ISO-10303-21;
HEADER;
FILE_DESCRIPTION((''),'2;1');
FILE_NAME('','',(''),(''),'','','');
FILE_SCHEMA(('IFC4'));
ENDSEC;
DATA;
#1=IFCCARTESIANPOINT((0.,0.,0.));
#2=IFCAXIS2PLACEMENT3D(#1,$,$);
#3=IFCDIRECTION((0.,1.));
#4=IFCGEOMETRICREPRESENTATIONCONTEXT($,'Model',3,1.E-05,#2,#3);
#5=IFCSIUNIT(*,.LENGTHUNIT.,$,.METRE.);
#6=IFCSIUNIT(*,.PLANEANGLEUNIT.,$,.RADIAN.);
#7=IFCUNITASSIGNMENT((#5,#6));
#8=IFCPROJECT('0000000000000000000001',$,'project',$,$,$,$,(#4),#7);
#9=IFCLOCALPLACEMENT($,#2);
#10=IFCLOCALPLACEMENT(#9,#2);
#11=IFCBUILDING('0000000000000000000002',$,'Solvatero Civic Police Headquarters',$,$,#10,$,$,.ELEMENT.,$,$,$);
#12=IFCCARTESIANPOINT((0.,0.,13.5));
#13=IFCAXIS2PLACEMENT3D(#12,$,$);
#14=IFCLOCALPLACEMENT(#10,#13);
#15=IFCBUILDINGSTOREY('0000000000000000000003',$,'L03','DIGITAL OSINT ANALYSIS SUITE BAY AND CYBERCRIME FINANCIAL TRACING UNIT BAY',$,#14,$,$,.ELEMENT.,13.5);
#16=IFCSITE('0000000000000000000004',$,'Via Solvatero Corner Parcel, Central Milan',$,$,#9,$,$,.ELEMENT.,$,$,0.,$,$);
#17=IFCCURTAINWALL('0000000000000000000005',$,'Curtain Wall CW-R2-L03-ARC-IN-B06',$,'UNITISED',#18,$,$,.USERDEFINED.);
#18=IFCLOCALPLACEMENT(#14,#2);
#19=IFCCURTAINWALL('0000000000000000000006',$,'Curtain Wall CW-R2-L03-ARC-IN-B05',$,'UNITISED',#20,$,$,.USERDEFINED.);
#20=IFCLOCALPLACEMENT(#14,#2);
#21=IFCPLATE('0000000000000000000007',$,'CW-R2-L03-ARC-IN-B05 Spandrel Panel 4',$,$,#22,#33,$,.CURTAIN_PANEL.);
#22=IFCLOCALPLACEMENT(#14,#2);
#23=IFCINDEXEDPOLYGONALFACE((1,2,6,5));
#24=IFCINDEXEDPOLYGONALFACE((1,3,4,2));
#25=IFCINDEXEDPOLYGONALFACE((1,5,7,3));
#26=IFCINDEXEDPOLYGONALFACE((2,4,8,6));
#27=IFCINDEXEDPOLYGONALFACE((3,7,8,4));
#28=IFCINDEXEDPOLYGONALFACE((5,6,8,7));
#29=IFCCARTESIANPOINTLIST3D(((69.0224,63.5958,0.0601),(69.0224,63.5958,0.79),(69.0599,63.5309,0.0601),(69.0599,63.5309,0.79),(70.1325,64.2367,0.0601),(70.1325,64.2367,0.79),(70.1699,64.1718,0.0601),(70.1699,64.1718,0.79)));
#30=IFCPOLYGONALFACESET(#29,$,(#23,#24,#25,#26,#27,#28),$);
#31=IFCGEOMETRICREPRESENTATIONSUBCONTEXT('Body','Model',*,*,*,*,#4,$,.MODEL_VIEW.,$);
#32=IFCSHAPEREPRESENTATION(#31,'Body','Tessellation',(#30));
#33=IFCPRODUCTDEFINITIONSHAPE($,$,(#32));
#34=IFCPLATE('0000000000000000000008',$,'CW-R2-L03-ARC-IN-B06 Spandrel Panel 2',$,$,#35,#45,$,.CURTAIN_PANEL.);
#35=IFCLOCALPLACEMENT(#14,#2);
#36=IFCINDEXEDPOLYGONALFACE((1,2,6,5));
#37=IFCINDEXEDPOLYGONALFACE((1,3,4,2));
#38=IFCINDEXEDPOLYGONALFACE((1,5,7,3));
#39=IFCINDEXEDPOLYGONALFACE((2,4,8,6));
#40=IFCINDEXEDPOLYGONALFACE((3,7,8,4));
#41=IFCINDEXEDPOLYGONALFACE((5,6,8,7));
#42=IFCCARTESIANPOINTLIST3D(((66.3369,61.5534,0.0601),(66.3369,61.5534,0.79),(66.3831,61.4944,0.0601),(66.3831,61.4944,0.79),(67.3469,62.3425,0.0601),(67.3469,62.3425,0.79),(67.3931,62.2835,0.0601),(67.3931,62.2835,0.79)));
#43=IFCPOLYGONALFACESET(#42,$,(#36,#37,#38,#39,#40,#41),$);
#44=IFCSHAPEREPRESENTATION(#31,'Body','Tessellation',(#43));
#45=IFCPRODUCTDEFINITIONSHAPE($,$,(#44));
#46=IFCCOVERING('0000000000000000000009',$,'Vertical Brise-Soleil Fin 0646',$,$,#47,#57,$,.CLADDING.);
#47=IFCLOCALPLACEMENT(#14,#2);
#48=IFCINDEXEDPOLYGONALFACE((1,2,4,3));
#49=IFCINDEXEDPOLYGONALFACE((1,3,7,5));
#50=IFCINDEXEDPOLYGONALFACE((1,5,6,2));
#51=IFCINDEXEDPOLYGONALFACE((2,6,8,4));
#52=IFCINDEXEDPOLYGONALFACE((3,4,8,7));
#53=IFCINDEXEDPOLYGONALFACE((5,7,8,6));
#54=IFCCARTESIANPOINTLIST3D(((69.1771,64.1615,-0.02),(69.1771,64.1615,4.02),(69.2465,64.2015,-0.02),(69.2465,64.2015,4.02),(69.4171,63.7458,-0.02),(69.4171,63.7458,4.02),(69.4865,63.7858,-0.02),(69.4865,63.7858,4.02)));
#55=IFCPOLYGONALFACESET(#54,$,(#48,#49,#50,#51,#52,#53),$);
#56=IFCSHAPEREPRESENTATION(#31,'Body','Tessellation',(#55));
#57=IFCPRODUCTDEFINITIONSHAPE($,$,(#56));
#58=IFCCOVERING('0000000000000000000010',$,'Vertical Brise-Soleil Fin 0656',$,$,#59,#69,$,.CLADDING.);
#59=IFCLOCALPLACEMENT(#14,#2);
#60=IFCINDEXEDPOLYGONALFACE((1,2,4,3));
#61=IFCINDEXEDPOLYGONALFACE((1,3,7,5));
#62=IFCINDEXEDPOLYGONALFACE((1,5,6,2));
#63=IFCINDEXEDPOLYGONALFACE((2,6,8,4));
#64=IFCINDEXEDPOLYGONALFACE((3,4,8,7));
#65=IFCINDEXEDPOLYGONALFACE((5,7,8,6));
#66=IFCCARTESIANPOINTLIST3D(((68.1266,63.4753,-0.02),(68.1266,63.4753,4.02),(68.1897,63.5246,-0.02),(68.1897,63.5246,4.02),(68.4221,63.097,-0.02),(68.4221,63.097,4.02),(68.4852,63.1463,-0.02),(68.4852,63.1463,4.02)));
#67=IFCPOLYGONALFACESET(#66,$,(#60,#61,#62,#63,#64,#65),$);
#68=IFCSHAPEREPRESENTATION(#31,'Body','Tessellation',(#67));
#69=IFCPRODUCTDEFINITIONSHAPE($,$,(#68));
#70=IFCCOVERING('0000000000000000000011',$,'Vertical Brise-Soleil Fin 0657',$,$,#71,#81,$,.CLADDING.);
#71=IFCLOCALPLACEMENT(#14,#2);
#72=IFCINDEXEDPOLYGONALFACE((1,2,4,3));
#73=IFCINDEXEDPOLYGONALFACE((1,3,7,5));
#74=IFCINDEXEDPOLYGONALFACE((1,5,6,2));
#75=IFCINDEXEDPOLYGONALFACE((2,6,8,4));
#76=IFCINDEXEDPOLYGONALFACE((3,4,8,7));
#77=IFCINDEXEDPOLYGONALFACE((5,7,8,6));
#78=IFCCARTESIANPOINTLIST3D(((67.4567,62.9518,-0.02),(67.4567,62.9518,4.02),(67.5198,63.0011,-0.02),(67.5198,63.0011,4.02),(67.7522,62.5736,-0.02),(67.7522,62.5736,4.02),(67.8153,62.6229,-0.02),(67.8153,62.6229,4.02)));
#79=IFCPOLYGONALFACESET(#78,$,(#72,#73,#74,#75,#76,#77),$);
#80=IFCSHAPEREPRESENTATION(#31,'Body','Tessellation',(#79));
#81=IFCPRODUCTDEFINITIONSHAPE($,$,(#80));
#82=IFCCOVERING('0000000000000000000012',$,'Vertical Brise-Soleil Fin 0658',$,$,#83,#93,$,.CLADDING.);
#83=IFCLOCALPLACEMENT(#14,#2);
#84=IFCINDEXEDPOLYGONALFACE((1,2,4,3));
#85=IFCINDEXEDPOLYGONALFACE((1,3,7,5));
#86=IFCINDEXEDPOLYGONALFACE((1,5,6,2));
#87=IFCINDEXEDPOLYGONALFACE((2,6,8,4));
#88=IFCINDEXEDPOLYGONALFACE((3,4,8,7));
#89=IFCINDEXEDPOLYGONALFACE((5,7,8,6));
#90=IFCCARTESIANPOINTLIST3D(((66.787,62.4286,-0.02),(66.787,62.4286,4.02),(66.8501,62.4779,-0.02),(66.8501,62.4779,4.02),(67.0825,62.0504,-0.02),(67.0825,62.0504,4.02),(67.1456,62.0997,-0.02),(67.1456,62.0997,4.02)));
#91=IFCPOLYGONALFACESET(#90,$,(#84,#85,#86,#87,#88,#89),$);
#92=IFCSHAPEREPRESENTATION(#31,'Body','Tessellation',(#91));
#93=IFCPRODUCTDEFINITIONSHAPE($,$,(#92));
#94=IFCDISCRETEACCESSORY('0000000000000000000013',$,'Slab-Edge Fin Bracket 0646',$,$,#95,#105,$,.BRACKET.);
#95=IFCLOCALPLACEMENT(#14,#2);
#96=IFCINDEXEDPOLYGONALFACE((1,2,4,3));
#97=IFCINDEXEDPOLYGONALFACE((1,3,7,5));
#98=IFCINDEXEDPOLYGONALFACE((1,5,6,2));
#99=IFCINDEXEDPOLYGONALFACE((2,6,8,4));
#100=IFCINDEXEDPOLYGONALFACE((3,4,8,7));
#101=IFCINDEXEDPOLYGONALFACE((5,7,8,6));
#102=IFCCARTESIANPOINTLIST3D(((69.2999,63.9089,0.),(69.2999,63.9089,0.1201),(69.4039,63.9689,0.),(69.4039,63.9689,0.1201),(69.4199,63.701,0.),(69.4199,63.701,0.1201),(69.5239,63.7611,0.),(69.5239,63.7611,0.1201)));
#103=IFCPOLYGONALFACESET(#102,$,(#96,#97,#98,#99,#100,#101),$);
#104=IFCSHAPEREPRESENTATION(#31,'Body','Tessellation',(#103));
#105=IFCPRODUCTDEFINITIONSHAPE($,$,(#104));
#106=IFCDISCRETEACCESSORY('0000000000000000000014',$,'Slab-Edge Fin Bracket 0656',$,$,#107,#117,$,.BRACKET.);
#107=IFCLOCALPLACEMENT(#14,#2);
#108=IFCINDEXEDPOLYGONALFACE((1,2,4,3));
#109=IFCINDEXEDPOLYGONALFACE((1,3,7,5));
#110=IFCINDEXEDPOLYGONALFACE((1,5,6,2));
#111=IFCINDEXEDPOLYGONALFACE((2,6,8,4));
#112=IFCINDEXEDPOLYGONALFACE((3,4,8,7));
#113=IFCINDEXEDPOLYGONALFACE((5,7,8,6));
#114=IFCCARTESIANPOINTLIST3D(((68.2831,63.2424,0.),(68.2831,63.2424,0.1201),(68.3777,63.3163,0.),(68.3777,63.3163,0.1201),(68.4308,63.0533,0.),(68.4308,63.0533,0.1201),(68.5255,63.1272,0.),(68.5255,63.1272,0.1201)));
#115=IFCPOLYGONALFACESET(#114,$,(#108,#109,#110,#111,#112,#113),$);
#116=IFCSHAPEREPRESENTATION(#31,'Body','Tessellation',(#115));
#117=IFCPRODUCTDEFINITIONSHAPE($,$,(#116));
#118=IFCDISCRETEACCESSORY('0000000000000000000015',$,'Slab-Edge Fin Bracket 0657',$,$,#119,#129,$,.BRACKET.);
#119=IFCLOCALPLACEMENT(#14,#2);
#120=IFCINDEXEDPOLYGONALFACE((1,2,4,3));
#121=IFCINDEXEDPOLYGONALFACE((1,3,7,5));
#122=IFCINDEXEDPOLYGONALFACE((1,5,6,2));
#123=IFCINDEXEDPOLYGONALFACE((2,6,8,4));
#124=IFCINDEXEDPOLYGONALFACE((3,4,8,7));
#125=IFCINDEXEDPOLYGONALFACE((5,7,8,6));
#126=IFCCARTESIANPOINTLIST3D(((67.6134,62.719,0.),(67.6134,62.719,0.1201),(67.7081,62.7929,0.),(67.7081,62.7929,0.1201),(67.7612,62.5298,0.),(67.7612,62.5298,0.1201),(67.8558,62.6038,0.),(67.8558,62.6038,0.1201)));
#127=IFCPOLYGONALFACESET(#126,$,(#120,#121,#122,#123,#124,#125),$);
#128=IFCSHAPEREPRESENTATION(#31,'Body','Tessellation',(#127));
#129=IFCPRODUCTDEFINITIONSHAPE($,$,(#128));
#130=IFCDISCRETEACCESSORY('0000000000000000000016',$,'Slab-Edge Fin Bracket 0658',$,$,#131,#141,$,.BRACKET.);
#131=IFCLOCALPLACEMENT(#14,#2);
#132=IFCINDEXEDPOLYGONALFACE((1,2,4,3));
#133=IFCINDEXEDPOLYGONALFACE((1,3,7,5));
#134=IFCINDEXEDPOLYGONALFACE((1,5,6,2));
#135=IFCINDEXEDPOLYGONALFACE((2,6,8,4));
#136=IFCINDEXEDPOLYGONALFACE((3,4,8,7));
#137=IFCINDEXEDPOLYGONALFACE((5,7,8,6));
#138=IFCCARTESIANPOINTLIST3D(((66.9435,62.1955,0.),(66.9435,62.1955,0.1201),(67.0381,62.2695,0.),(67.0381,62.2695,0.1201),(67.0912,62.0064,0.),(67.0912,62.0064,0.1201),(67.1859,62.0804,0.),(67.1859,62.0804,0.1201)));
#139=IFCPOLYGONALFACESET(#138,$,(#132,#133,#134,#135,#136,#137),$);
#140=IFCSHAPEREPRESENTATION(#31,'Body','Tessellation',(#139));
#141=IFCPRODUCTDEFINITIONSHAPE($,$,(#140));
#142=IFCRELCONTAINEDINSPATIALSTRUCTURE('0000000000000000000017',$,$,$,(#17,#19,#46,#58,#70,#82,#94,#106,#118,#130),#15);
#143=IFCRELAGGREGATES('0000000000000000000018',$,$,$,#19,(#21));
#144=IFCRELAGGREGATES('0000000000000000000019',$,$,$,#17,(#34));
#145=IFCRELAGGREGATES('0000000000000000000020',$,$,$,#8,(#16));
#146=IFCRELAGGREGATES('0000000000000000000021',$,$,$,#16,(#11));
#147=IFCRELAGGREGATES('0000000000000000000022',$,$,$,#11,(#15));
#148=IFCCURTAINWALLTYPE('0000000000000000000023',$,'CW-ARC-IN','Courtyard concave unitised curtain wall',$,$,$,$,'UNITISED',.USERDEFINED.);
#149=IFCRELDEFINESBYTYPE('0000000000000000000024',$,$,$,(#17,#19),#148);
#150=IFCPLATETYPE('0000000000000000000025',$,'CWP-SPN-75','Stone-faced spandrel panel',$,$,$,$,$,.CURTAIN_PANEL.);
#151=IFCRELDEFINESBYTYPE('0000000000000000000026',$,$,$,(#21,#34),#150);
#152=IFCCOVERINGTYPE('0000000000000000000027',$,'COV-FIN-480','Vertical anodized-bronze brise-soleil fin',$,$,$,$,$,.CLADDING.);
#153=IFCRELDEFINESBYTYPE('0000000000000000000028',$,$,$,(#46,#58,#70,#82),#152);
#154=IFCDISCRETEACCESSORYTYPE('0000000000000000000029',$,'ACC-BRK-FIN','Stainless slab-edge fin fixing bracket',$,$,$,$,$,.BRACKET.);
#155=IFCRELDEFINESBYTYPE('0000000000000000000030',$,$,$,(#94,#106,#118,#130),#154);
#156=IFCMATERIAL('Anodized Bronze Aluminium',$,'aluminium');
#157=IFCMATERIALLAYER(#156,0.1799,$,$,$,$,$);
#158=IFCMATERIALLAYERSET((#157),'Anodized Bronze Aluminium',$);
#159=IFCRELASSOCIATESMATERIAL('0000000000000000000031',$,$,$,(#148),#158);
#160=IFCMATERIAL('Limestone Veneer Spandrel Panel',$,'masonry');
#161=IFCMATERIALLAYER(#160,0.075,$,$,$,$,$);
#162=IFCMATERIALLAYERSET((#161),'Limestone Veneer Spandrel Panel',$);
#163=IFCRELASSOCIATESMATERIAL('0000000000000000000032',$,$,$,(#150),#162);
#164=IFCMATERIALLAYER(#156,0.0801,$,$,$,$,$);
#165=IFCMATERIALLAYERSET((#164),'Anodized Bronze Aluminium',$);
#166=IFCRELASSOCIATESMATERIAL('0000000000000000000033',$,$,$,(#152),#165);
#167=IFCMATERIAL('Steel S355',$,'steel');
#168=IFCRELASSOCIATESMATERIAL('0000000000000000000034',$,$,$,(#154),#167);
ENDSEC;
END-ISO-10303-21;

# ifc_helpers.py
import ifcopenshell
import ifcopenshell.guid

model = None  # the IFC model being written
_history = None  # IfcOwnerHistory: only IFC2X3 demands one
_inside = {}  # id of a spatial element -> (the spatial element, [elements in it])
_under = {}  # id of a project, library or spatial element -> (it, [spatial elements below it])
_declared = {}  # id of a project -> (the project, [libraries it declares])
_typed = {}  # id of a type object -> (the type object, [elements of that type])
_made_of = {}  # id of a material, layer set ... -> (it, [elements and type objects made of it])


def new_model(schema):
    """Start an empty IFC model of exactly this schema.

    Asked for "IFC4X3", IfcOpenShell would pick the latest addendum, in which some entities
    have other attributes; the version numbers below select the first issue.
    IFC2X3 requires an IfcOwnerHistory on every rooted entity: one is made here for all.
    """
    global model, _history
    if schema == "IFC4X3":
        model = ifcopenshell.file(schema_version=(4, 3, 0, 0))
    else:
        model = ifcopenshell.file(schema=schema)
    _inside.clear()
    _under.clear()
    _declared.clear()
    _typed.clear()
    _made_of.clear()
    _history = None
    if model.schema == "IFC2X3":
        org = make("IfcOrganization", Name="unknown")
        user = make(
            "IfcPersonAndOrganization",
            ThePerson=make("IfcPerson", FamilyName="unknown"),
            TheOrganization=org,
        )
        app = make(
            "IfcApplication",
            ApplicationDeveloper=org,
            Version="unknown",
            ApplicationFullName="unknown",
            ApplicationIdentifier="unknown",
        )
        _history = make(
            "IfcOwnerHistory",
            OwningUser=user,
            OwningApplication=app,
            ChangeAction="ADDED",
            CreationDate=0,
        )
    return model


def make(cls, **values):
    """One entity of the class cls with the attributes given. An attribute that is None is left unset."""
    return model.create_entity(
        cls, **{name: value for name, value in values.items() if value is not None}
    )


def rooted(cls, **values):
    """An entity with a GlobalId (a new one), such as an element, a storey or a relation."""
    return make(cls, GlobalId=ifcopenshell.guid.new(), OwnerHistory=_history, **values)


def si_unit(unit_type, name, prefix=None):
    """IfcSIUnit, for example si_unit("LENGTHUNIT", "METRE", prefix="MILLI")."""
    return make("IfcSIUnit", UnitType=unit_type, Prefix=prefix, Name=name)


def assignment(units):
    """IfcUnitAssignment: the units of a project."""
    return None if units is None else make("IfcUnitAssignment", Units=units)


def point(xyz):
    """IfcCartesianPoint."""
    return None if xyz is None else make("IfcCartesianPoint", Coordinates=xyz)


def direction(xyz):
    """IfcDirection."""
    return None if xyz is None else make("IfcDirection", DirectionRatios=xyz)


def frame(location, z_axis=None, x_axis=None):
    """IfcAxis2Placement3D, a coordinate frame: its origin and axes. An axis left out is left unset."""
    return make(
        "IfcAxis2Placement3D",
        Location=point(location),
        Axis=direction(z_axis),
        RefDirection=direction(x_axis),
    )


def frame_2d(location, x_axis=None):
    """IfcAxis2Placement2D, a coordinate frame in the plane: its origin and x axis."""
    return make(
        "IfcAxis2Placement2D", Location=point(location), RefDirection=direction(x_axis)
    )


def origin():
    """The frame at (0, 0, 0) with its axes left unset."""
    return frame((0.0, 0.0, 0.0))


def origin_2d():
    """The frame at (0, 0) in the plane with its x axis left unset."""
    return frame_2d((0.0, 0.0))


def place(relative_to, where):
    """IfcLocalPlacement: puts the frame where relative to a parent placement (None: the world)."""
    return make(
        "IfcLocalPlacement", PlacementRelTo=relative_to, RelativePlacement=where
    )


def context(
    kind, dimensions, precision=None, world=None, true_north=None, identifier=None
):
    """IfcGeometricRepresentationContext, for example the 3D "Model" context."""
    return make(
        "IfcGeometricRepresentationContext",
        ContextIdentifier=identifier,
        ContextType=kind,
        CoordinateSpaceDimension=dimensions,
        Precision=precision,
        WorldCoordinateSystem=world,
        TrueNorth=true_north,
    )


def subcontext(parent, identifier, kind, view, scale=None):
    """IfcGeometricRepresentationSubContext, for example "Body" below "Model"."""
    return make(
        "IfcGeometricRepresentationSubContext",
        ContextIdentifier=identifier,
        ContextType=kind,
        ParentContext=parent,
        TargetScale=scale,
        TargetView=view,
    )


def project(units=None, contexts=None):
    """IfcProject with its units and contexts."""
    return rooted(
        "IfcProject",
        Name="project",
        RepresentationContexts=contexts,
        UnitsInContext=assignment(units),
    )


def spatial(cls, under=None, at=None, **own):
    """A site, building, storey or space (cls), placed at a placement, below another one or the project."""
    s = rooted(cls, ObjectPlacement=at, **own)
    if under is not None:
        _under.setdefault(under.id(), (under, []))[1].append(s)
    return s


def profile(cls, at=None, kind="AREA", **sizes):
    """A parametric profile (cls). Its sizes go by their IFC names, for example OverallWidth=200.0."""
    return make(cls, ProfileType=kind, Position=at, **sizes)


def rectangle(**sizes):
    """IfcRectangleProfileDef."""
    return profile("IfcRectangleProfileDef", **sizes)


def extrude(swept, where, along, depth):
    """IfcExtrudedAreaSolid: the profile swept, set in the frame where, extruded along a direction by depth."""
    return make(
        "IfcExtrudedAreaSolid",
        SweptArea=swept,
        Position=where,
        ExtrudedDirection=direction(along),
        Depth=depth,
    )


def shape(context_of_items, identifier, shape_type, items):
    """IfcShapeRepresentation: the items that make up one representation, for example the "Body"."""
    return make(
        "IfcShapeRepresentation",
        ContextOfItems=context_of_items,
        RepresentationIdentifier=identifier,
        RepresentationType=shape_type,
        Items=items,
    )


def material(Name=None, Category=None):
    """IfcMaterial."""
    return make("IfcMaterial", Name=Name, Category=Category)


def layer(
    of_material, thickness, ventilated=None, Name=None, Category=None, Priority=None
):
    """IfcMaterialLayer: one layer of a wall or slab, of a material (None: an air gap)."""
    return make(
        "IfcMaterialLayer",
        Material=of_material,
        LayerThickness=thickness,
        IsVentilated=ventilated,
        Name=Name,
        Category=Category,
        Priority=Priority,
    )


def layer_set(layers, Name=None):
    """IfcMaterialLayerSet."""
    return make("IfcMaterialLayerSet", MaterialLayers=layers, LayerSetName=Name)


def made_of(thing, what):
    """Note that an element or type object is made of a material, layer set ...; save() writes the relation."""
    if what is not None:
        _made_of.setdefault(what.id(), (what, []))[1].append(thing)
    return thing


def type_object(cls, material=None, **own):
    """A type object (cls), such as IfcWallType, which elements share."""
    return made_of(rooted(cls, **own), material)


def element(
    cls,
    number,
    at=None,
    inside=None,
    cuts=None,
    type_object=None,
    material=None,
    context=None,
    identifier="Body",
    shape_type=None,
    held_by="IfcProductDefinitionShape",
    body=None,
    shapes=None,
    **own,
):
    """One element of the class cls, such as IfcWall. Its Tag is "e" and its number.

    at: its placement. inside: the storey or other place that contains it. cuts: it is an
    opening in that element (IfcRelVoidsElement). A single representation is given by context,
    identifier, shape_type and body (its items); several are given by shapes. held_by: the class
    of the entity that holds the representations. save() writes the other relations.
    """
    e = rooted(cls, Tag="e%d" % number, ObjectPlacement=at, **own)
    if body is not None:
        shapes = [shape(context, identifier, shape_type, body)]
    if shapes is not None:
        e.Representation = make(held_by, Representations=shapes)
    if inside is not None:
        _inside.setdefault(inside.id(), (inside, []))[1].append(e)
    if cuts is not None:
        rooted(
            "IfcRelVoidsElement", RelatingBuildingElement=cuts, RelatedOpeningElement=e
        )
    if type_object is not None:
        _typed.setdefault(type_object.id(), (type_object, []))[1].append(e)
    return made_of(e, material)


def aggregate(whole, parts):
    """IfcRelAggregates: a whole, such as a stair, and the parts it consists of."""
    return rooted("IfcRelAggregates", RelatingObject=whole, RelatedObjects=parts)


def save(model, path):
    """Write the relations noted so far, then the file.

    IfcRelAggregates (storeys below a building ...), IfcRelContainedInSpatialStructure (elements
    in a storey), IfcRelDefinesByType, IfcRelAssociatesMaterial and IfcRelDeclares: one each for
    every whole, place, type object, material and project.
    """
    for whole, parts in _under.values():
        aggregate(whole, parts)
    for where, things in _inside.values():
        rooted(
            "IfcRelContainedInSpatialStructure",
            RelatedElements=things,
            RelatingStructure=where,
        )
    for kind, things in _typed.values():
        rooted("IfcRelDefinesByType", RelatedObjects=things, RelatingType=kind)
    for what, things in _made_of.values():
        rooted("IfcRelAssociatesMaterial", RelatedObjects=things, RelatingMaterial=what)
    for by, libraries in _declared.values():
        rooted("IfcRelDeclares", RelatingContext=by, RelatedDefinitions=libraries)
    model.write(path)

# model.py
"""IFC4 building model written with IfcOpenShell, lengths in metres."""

from ifc_helpers import new_model, si_unit, direction, frame, origin, origin_2d, place, context, subcontext, project, spatial, rectangle, extrude, material, layer, layer_set, type_object, element, aggregate, save


model = new_model("IFC4")

# Units and contexts
model_context = context("Model", 3, precision=1e-05, world=origin(), true_north=direction((0.0, 1.0)))
body_context = subcontext(model_context, "Body", "Model", "MODEL_VIEW")
ifc_project = project(units=[si_unit("LENGTHUNIT", "METRE"), si_unit("PLANEANGLEUNIT", "RADIAN")], contexts=[model_context])

# Site, building, storey
site_placement = place(None, origin())
site = spatial("IfcSite", under=ifc_project, at=site_placement, Name="Via Solvatero Corner Parcel, Central Milan", CompositionType="ELEMENT", RefElevation=0.0)
building_placement = place(site_placement, origin())
building = spatial("IfcBuilding", under=site, at=building_placement, Name="Solvatero Civic Police Headquarters", CompositionType="ELEMENT")
storey_placement = place(building_placement, frame((0.0, 0.0, 13.5)))
storey = spatial("IfcBuildingStorey", under=building, at=storey_placement, Name="L03", Description="DIGITAL OSINT ANALYSIS SUITE BAY AND CYBERCRIME FINANCIAL TRACING UNIT BAY", CompositionType="ELEMENT", Elevation=13.5)

# Shared definitions
ifc_material_1 = material(Name="Steel S355", Category="steel")

# Curtain wall
ifc_material_2 = material(Name="Anodized Bronze Aluminium", Category="aluminium")
ifc_layer_1 = layer(ifc_material_2, 0.1799)
ifc_layer_set_1 = layer_set([ifc_layer_1], Name="Anodized Bronze Aluminium")
curtain_wall_type = type_object("IfcCurtainWallType", Name="CW-ARC-IN", Description="Courtyard concave unitised curtain wall", ElementType="UNITISED", PredefinedType="USERDEFINED", material=ifc_layer_set_1)
curtain_wall_1_placement = place(storey_placement, origin())
curtain_wall_1 = element("IfcCurtainWall", 1, at=curtain_wall_1_placement, inside=storey, type_object=curtain_wall_type, Name="Curtain Wall CW-R2-L03-ARC-IN-B06", ObjectType="UNITISED", PredefinedType="USERDEFINED")

# Curtain wall
curtain_wall_2_placement = place(storey_placement, origin())
curtain_wall_2 = element("IfcCurtainWall", 2, at=curtain_wall_2_placement, inside=storey, type_object=curtain_wall_type, Name="Curtain Wall CW-R2-L03-ARC-IN-B05", ObjectType="UNITISED", PredefinedType="USERDEFINED")

# Plates
ifc_material_3 = material(Name="Limestone Veneer Spandrel Panel", Category="masonry")
ifc_layer_2 = layer(ifc_material_3, 0.075)
ifc_layer_set_2 = layer_set([ifc_layer_2], Name="Limestone Veneer Spandrel Panel")
plate_type_1 = type_object("IfcPlateType", Name="CWP-SPN-75", Description="Stone-faced spandrel panel", PredefinedType="CURTAIN_PANEL", material=ifc_layer_set_2)
plate_1_placement = place(storey_placement, frame((69.5962, 63.8838, 0.0601), z_axis=(0.0, 0.0, 1.0), x_axis=(-0.866025, -0.5, 0.0)))
plate_1 = element("IfcPlate", 3, at=plate_1_placement, type_object=plate_type_1, Name="CW-R2-L03-ARC-IN-B05 Spandrel Panel 4", PredefinedType="CURTAIN_PANEL", context=body_context, shape_type="SweptSolid", body=[
    extrude(rectangle(XDim=1.2817, YDim=0.075, at=origin_2d()), origin(), (0.0, 0.0, 1.0), 0.73),
])
aggregate(curtain_wall_2, [plate_1])
plate_2_placement = place(storey_placement, frame((66.865, 61.9185, 0.0601), z_axis=(0.0, 0.0, 1.0), x_axis=(-0.788011, -0.615661, 0.0)))
plate_2 = element("IfcPlate", 4, at=plate_2_placement, type_object=plate_type_1, Name="CW-R2-L03-ARC-IN-B06 Spandrel Panel 2", PredefinedType="CURTAIN_PANEL", context=body_context, shape_type="SweptSolid", body=[
    extrude(rectangle(XDim=1.2817, YDim=0.075, at=origin_2d()), origin(), (0.0, 0.0, 1.0), 0.73),
])
aggregate(curtain_wall_1, [plate_2])

# Coverings
ifc_layer_3 = layer(ifc_material_2, 0.0801)
ifc_layer_set_3 = layer_set([ifc_layer_3], Name="Anodized Bronze Aluminium")
covering_type = type_object("IfcCoveringType", Name="COV-FIN-480", Description="Vertical anodized-bronze brise-soleil fin", PredefinedType="CLADDING", material=ifc_layer_set_3)
for number, where, z_axis, x_axis, name in (
    (5, (69.3318, 63.9736, -0.02), (0.0, 0.0, 1.0), (-0.866025, -0.5, 0.0), "Vertical Brise-Soleil Fin 0646"),
    (6, (68.3059, 63.3108, -0.02), (0.0, 0.0, 1.0), (-0.788011, -0.615661, 0.0), "Vertical Brise-Soleil Fin 0656"),
    (7, (67.636, 62.7874, -0.02), (0.0, 0.0, 1.0), (-0.788011, -0.615661, 0.0), "Vertical Brise-Soleil Fin 0657"),
    (8, (66.9663, 62.2642, -0.02), (0.0, 0.0, 1.0), (-0.788011, -0.615661, 0.0), "Vertical Brise-Soleil Fin 0658"),
):
    element("IfcCovering", number, at=place(storey_placement, frame(where, z_axis=z_axis, x_axis=x_axis)), inside=storey, type_object=covering_type, Name=name, PredefinedType="CLADDING", context=body_context, shape_type="SweptSolid", body=[
        extrude(rectangle(XDim=0.0801, YDim=0.48, at=origin_2d()), origin(), (0.0, 0.0, 1.0), 4.04),
    ])

# Discrete accessories
discrete_accessory_type = type_object("IfcDiscreteAccessoryType", Name="ACC-BRK-FIN", Description="Stainless slab-edge fin fixing bracket", PredefinedType="BRACKET", material=ifc_material_1)
for number, where, z_axis, x_axis, name in (
    (9, (69.4119, 63.835, 0.0), (0.0, 0.0, 1.0), (-0.866025, -0.5, 0.0), "Slab-Edge Fin Bracket 0646"),
    (10, (68.4043, 63.1848, 0.0), (0.0, 0.0, 1.0), (-0.788011, -0.615661, 0.0), "Slab-Edge Fin Bracket 0656"),
    (11, (67.7346, 62.6614, 0.0), (0.0, 0.0, 1.0), (-0.788011, -0.615661, 0.0), "Slab-Edge Fin Bracket 0657"),
    (12, (67.0647, 62.1379, 0.0), (0.0, 0.0, 1.0), (-0.788011, -0.615661, 0.0), "Slab-Edge Fin Bracket 0658"),
):
    element("IfcDiscreteAccessory", number, at=place(storey_placement, frame(where, z_axis=z_axis, x_axis=x_axis)), inside=storey, type_object=discrete_accessory_type, Name=name, PredefinedType="BRACKET", context=body_context, shape_type="SweptSolid", body=[
        extrude(rectangle(XDim=0.1201, YDim=0.24, at=origin_2d()), origin(), (0.0, 0.0, 1.0), 0.1201),
    ])

save(model, "model.ifc")
